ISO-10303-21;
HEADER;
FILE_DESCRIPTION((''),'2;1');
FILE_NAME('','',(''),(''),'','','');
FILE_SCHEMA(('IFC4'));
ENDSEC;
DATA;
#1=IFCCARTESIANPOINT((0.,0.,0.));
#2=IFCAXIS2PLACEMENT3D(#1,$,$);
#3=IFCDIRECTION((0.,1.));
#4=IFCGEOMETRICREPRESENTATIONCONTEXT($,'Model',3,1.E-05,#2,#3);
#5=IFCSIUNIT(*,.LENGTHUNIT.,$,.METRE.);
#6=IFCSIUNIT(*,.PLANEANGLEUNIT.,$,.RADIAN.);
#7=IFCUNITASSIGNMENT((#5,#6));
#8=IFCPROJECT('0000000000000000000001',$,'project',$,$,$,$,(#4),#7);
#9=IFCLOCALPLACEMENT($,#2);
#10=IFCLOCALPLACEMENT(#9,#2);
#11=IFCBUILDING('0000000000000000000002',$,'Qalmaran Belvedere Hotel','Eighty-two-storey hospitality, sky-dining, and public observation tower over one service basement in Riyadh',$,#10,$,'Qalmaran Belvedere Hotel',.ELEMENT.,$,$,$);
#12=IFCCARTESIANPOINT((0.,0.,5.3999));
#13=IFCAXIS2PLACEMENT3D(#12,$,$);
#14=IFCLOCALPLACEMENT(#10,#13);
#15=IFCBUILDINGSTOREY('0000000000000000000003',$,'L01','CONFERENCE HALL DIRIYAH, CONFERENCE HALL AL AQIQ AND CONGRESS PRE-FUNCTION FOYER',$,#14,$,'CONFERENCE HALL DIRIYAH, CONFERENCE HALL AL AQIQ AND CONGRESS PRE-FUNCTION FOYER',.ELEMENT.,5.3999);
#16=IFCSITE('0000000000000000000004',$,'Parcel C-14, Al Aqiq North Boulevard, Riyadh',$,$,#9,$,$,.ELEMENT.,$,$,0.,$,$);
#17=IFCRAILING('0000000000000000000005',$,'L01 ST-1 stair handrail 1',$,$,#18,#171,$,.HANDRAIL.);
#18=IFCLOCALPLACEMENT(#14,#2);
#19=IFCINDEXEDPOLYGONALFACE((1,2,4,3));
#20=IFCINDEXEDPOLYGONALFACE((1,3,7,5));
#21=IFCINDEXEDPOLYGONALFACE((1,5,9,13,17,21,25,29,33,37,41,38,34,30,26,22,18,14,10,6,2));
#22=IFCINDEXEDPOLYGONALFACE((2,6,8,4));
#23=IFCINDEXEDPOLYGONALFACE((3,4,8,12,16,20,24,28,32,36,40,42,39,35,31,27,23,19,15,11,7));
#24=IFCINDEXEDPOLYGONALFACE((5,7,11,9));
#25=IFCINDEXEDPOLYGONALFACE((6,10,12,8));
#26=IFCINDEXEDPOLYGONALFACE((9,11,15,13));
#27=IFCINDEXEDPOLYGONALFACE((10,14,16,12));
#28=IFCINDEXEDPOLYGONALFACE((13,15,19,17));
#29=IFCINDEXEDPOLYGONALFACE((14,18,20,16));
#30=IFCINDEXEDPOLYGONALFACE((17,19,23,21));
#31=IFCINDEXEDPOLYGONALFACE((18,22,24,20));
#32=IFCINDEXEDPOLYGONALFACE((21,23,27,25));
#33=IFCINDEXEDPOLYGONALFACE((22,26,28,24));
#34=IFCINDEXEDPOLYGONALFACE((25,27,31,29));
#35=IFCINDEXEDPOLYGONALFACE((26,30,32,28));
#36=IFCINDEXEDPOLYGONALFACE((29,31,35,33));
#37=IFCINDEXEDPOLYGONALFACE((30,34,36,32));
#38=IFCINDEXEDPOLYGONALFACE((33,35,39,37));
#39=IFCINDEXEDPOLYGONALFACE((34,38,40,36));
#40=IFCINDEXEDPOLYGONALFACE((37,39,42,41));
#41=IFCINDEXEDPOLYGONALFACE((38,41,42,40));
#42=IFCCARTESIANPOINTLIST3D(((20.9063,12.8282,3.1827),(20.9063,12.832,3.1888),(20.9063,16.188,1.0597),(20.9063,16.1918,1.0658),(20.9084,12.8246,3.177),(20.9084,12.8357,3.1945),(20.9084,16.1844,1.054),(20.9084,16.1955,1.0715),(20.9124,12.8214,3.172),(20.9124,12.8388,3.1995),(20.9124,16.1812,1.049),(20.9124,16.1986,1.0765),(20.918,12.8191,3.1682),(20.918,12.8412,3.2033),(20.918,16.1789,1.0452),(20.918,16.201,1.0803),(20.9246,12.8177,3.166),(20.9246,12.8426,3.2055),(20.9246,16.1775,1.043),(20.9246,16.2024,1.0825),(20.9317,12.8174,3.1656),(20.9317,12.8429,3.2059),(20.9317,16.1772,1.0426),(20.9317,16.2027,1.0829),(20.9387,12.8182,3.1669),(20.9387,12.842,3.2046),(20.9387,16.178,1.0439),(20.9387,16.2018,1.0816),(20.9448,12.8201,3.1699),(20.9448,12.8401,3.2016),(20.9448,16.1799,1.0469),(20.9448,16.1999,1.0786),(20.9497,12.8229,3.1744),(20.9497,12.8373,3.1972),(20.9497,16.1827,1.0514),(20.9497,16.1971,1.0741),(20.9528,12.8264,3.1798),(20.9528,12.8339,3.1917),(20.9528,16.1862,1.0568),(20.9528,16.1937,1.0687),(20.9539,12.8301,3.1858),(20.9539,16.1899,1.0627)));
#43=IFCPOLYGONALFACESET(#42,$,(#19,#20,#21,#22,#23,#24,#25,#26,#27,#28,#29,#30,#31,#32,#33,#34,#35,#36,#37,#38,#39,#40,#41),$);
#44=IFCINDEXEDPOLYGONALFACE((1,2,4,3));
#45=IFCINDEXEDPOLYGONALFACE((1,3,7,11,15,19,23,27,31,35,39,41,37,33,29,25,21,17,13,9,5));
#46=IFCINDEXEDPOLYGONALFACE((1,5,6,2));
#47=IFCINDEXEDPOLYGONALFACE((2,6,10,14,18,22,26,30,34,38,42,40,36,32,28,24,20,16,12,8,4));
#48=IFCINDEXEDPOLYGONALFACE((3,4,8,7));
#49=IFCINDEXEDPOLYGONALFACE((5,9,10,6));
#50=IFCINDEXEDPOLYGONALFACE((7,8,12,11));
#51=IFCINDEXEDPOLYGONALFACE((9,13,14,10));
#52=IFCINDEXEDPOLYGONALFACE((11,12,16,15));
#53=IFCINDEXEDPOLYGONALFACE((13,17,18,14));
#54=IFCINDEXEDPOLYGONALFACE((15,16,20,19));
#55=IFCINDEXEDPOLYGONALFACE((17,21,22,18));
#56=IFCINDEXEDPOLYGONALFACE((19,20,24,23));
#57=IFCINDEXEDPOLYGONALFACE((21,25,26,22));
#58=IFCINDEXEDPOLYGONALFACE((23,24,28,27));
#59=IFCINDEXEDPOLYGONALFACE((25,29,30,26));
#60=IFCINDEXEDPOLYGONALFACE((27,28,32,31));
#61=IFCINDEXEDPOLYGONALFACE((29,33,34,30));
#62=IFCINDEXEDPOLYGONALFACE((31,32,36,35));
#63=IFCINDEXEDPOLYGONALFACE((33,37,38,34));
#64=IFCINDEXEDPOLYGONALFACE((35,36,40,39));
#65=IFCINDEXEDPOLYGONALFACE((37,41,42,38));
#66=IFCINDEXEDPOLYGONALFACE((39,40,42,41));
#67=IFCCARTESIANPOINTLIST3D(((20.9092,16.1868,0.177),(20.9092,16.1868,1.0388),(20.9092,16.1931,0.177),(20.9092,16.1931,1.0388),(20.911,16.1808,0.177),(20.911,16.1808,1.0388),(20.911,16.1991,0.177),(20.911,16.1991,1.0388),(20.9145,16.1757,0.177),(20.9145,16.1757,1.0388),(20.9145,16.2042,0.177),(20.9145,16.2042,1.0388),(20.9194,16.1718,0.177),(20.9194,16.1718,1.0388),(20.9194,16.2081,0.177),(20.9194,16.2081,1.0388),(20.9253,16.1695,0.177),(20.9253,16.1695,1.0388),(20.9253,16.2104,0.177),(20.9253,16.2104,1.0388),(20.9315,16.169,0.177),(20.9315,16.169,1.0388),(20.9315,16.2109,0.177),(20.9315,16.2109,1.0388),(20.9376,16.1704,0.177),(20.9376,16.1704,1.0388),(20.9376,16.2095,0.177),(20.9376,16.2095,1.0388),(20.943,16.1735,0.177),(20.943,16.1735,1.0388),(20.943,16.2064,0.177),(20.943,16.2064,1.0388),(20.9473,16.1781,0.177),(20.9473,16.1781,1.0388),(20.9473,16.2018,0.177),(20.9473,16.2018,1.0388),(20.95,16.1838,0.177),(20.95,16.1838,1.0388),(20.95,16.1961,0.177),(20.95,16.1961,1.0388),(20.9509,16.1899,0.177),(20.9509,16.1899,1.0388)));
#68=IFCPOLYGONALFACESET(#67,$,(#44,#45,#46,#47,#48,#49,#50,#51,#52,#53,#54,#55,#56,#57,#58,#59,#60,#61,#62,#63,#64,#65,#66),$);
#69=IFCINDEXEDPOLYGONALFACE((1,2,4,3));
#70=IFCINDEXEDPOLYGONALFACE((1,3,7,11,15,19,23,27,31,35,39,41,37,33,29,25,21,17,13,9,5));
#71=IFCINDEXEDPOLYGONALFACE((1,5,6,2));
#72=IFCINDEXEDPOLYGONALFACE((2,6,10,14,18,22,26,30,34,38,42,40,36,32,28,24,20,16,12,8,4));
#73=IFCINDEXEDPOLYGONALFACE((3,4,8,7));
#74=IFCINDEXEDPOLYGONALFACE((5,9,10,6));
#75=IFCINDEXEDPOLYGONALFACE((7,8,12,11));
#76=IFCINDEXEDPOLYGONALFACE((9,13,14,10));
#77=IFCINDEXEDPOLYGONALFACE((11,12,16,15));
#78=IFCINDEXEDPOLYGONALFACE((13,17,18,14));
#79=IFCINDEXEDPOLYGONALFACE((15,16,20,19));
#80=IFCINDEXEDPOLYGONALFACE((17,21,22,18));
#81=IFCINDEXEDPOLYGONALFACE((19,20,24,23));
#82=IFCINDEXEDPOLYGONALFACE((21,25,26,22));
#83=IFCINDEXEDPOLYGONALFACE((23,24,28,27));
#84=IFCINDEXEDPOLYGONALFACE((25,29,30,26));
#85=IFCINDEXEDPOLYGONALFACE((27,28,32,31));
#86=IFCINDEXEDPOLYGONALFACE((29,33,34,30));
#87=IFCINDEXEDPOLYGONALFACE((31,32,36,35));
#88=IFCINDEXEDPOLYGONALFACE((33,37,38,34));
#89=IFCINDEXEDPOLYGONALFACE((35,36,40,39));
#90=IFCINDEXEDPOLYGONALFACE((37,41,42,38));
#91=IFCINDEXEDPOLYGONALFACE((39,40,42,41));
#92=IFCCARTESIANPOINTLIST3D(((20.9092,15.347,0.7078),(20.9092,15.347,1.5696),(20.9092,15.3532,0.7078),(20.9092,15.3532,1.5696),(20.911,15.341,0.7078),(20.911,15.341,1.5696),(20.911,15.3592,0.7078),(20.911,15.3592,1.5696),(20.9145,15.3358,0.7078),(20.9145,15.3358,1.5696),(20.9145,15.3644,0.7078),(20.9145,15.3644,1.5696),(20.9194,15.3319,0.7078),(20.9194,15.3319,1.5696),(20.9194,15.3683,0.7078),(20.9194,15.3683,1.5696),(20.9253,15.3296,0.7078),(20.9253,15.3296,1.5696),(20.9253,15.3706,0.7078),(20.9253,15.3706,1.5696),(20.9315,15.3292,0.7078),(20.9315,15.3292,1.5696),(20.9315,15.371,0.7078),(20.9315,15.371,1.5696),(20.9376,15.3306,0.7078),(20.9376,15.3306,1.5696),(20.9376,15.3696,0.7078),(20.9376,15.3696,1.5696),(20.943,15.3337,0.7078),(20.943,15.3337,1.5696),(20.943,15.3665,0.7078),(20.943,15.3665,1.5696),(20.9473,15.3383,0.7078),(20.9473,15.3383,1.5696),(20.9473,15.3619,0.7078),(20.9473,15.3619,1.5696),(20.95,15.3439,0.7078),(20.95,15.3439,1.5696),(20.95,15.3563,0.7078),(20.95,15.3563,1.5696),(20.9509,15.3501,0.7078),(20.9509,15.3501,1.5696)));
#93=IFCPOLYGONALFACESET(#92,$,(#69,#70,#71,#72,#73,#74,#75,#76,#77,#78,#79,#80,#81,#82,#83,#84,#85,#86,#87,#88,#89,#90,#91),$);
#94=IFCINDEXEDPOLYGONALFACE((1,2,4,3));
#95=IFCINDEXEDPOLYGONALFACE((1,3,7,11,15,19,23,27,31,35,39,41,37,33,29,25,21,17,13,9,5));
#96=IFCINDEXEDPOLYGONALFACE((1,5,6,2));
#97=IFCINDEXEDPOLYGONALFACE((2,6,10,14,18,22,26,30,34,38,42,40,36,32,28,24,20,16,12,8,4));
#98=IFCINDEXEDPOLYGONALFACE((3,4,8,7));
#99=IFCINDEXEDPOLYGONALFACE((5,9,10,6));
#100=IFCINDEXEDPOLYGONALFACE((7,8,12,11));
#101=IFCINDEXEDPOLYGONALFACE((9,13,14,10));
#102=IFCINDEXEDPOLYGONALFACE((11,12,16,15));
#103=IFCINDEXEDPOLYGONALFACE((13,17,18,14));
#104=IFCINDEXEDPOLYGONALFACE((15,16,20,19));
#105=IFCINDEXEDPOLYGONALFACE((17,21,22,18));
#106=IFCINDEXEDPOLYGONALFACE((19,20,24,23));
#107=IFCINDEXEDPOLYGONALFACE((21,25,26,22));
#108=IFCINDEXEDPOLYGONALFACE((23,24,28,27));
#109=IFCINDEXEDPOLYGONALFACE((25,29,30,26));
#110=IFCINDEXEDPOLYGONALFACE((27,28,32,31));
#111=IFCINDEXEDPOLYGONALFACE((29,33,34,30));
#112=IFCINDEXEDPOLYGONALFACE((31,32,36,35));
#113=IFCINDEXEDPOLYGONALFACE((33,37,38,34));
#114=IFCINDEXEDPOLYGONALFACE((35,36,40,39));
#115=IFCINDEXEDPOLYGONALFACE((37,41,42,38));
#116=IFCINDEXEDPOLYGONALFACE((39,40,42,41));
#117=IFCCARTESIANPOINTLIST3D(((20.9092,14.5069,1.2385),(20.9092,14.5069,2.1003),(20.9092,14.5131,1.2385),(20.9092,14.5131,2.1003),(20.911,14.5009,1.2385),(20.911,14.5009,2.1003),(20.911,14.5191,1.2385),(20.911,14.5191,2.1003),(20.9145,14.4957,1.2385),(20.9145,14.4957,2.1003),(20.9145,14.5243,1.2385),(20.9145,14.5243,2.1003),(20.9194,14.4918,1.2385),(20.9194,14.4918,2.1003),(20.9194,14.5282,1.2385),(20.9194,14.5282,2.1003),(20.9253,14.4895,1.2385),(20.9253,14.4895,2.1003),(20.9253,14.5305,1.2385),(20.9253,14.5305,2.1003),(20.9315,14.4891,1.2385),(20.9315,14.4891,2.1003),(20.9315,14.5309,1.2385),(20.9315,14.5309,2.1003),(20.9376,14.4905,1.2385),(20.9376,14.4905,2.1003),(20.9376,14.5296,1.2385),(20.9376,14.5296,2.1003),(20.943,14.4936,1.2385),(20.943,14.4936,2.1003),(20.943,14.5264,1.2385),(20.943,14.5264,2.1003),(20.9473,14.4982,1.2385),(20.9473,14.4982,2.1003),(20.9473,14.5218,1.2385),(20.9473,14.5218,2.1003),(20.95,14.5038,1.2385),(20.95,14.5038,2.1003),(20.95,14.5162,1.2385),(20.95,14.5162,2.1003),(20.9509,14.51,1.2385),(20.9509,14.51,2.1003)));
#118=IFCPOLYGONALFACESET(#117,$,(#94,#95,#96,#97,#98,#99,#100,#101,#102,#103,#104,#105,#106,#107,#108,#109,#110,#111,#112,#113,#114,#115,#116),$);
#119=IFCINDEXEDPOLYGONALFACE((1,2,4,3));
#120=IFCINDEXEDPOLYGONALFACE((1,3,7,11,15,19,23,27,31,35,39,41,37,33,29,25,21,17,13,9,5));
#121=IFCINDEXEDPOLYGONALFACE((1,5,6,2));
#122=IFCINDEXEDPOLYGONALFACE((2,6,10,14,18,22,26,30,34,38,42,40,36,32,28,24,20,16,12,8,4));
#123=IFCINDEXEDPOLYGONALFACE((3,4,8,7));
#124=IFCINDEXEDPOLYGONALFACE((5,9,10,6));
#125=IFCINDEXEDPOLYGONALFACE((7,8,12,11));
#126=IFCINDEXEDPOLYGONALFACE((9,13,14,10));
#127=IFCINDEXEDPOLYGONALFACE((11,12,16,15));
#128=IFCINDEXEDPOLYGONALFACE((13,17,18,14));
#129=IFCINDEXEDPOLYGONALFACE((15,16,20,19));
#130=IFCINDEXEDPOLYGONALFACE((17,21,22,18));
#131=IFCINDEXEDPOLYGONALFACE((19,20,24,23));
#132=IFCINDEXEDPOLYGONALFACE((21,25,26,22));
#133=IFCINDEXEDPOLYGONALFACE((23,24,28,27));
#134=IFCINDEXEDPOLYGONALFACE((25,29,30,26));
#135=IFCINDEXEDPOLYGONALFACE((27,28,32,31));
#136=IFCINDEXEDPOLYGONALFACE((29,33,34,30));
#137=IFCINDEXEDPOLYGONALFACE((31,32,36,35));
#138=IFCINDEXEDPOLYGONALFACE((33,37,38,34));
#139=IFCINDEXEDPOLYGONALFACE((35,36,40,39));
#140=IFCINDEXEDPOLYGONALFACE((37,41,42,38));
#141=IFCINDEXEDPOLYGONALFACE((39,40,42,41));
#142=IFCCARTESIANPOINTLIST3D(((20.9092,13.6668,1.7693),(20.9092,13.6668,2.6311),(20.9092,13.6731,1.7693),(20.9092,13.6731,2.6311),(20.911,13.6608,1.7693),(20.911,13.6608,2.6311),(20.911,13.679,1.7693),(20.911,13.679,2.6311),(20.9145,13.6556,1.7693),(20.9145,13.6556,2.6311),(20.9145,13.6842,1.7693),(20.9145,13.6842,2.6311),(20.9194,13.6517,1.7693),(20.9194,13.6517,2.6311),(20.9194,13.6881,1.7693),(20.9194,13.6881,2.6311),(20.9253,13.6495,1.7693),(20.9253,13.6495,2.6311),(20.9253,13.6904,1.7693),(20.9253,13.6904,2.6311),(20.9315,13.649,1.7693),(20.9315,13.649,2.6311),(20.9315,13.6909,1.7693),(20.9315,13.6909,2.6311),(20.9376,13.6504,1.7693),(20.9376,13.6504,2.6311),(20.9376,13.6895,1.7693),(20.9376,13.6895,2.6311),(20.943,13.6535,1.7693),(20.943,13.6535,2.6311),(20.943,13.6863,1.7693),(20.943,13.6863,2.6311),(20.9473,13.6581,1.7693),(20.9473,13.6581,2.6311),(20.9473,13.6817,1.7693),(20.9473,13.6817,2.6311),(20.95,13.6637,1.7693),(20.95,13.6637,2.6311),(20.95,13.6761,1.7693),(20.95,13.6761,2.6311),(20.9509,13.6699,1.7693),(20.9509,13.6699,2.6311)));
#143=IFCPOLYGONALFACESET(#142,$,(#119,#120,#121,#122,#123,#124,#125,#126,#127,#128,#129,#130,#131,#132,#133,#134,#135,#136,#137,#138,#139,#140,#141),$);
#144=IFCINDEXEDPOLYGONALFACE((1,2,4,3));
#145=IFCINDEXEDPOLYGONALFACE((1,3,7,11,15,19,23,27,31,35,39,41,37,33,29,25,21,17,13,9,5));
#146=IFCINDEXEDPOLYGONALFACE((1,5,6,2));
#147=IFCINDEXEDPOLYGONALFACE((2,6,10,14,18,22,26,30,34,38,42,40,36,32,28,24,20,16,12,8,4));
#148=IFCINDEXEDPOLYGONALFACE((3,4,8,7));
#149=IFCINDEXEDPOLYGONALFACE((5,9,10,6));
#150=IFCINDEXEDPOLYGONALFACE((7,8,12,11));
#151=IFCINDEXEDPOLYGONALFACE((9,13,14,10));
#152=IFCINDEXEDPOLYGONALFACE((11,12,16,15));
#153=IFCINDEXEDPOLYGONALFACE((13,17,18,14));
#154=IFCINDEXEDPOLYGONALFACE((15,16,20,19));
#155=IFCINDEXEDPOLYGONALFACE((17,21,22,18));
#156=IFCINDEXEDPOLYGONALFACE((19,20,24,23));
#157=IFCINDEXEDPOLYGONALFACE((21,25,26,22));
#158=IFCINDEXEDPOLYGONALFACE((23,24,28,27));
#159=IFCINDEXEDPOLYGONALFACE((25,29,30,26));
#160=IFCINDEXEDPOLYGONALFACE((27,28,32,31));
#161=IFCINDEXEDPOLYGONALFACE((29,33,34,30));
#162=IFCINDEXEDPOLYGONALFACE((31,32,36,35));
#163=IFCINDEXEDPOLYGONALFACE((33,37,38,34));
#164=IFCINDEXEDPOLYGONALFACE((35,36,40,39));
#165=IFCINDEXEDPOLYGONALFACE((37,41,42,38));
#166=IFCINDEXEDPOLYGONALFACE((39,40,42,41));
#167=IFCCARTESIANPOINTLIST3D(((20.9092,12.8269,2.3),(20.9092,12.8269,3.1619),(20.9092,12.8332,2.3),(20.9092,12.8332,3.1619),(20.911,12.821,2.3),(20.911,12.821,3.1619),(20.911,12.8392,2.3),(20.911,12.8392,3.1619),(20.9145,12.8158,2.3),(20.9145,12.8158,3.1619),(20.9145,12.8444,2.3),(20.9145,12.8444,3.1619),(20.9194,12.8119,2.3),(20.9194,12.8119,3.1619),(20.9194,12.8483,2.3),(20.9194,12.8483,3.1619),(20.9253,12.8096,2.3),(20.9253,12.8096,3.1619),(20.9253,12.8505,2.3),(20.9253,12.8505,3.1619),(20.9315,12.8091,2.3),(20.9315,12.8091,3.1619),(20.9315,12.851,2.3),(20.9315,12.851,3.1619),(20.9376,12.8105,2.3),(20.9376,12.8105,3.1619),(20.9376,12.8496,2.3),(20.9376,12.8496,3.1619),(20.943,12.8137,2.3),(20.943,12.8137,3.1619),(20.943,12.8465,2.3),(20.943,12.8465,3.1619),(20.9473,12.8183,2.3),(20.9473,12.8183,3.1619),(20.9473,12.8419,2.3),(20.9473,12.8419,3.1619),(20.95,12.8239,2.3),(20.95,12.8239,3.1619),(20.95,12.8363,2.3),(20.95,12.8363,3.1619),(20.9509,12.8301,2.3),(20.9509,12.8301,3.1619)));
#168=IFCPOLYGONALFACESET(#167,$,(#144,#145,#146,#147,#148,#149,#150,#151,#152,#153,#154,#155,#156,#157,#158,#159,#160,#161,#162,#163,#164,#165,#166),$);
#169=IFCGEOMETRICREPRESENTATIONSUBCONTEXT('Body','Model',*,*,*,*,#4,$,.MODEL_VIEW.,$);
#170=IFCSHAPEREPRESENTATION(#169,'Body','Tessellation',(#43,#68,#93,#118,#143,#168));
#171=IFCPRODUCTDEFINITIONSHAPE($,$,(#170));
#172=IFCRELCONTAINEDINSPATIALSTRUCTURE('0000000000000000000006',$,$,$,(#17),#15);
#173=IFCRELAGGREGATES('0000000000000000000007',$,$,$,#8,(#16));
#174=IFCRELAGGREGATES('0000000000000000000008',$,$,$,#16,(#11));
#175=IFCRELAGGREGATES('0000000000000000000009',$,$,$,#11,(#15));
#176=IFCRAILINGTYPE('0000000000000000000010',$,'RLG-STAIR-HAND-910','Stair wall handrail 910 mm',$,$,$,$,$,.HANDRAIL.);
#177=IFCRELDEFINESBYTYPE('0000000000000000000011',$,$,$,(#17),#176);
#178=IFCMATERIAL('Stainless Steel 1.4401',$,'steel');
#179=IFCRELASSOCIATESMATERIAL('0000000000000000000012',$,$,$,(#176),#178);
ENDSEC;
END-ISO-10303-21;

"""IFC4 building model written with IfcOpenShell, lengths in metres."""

from ifc_helpers import new_model, si_unit, direction, frame, origin, origin_2d, place, context, subcontext, project, spatial, circle, extrude, material, type_object, element, save


model = new_model("IFC4")

# Units and contexts
model_context = context("Model", 3, precision=1e-05, world=origin(), true_north=direction((0.0, 1.0)))
body_context = subcontext(model_context, "Body", "Model", "MODEL_VIEW")
ifc_project = project(units=[si_unit("LENGTHUNIT", "METRE"), si_unit("PLANEANGLEUNIT", "RADIAN")], contexts=[model_context])

# Site, building, storey
site_placement = place(None, origin())
site = spatial("IfcSite", under=ifc_project, at=site_placement, Name="Parcel C-14, Al Aqiq North Boulevard, Riyadh", CompositionType="ELEMENT", RefElevation=0.0)
building_placement = place(site_placement, origin())
building = spatial("IfcBuilding", under=site, at=building_placement, Name="Qalmaran Belvedere Hotel", Description="Eighty-two-storey hospitality, sky-dining, and public observation tower over one service basement in Riyadh", LongName="Qalmaran Belvedere Hotel", CompositionType="ELEMENT")
storey_placement = place(building_placement, frame((0.0, 0.0, 5.3999)))
storey = spatial("IfcBuildingStorey", under=building, at=storey_placement, Name="L01", Description="CONFERENCE HALL DIRIYAH, CONFERENCE HALL AL AQIQ AND CONGRESS PRE-FUNCTION FOYER", LongName="CONFERENCE HALL DIRIYAH, CONFERENCE HALL AL AQIQ AND CONGRESS PRE-FUNCTION FOYER", CompositionType="ELEMENT", Elevation=5.3999)

# Shared definitions
ifc_material_1 = material(Name="Stainless Steel 1.4401", Category="steel")

# Railing
railing_type_1 = type_object("IfcRailingType", Name="RLG-STAIR-HAND-910", Description="Stair wall handrail 910 mm", PredefinedType="HANDRAIL", material=ifc_material_1)
railing_1_placement = place(storey_placement, frame((20.9299, 16.1899, 0.177)))
element("IfcRailing", 1, at=railing_1_placement, inside=storey, type_object=railing_type_1, Name="L01 ST-1 stair handrail 1", PredefinedType="HANDRAIL", context=body_context, shape_type="SweptSolid", body=[
    extrude(circle(Radius=0.0239, at=origin_2d()), frame((0.0, 0.0, 0.8857), z_axis=(0.0, -0.845372, 0.534178), x_axis=(1.0, 0.0, 0.0)), (0.0, 0.0, 1.0), 3.9744),
    extrude(circle(Radius=0.021, at=origin_2d()), origin(), (0.0, 0.0, 1.0), 0.8618),
    extrude(circle(Radius=0.021, at=origin_2d()), frame((0.0, -0.8398, 0.5308)), (0.0, 0.0, 1.0), 0.8618),
    extrude(circle(Radius=0.021, at=origin_2d()), frame((0.0, -1.6799, 1.0615)), (0.0, 0.0, 1.0), 0.8618),
    extrude(circle(Radius=0.021, at=origin_2d()), frame((0.0, -2.52, 1.5923)), (0.0, 0.0, 1.0), 0.8618),
    extrude(circle(Radius=0.021, at=origin_2d()), frame((0.0, -3.3599, 2.123)), (0.0, 0.0, 1.0), 0.8618),
])

save(model, "model.ifc")
